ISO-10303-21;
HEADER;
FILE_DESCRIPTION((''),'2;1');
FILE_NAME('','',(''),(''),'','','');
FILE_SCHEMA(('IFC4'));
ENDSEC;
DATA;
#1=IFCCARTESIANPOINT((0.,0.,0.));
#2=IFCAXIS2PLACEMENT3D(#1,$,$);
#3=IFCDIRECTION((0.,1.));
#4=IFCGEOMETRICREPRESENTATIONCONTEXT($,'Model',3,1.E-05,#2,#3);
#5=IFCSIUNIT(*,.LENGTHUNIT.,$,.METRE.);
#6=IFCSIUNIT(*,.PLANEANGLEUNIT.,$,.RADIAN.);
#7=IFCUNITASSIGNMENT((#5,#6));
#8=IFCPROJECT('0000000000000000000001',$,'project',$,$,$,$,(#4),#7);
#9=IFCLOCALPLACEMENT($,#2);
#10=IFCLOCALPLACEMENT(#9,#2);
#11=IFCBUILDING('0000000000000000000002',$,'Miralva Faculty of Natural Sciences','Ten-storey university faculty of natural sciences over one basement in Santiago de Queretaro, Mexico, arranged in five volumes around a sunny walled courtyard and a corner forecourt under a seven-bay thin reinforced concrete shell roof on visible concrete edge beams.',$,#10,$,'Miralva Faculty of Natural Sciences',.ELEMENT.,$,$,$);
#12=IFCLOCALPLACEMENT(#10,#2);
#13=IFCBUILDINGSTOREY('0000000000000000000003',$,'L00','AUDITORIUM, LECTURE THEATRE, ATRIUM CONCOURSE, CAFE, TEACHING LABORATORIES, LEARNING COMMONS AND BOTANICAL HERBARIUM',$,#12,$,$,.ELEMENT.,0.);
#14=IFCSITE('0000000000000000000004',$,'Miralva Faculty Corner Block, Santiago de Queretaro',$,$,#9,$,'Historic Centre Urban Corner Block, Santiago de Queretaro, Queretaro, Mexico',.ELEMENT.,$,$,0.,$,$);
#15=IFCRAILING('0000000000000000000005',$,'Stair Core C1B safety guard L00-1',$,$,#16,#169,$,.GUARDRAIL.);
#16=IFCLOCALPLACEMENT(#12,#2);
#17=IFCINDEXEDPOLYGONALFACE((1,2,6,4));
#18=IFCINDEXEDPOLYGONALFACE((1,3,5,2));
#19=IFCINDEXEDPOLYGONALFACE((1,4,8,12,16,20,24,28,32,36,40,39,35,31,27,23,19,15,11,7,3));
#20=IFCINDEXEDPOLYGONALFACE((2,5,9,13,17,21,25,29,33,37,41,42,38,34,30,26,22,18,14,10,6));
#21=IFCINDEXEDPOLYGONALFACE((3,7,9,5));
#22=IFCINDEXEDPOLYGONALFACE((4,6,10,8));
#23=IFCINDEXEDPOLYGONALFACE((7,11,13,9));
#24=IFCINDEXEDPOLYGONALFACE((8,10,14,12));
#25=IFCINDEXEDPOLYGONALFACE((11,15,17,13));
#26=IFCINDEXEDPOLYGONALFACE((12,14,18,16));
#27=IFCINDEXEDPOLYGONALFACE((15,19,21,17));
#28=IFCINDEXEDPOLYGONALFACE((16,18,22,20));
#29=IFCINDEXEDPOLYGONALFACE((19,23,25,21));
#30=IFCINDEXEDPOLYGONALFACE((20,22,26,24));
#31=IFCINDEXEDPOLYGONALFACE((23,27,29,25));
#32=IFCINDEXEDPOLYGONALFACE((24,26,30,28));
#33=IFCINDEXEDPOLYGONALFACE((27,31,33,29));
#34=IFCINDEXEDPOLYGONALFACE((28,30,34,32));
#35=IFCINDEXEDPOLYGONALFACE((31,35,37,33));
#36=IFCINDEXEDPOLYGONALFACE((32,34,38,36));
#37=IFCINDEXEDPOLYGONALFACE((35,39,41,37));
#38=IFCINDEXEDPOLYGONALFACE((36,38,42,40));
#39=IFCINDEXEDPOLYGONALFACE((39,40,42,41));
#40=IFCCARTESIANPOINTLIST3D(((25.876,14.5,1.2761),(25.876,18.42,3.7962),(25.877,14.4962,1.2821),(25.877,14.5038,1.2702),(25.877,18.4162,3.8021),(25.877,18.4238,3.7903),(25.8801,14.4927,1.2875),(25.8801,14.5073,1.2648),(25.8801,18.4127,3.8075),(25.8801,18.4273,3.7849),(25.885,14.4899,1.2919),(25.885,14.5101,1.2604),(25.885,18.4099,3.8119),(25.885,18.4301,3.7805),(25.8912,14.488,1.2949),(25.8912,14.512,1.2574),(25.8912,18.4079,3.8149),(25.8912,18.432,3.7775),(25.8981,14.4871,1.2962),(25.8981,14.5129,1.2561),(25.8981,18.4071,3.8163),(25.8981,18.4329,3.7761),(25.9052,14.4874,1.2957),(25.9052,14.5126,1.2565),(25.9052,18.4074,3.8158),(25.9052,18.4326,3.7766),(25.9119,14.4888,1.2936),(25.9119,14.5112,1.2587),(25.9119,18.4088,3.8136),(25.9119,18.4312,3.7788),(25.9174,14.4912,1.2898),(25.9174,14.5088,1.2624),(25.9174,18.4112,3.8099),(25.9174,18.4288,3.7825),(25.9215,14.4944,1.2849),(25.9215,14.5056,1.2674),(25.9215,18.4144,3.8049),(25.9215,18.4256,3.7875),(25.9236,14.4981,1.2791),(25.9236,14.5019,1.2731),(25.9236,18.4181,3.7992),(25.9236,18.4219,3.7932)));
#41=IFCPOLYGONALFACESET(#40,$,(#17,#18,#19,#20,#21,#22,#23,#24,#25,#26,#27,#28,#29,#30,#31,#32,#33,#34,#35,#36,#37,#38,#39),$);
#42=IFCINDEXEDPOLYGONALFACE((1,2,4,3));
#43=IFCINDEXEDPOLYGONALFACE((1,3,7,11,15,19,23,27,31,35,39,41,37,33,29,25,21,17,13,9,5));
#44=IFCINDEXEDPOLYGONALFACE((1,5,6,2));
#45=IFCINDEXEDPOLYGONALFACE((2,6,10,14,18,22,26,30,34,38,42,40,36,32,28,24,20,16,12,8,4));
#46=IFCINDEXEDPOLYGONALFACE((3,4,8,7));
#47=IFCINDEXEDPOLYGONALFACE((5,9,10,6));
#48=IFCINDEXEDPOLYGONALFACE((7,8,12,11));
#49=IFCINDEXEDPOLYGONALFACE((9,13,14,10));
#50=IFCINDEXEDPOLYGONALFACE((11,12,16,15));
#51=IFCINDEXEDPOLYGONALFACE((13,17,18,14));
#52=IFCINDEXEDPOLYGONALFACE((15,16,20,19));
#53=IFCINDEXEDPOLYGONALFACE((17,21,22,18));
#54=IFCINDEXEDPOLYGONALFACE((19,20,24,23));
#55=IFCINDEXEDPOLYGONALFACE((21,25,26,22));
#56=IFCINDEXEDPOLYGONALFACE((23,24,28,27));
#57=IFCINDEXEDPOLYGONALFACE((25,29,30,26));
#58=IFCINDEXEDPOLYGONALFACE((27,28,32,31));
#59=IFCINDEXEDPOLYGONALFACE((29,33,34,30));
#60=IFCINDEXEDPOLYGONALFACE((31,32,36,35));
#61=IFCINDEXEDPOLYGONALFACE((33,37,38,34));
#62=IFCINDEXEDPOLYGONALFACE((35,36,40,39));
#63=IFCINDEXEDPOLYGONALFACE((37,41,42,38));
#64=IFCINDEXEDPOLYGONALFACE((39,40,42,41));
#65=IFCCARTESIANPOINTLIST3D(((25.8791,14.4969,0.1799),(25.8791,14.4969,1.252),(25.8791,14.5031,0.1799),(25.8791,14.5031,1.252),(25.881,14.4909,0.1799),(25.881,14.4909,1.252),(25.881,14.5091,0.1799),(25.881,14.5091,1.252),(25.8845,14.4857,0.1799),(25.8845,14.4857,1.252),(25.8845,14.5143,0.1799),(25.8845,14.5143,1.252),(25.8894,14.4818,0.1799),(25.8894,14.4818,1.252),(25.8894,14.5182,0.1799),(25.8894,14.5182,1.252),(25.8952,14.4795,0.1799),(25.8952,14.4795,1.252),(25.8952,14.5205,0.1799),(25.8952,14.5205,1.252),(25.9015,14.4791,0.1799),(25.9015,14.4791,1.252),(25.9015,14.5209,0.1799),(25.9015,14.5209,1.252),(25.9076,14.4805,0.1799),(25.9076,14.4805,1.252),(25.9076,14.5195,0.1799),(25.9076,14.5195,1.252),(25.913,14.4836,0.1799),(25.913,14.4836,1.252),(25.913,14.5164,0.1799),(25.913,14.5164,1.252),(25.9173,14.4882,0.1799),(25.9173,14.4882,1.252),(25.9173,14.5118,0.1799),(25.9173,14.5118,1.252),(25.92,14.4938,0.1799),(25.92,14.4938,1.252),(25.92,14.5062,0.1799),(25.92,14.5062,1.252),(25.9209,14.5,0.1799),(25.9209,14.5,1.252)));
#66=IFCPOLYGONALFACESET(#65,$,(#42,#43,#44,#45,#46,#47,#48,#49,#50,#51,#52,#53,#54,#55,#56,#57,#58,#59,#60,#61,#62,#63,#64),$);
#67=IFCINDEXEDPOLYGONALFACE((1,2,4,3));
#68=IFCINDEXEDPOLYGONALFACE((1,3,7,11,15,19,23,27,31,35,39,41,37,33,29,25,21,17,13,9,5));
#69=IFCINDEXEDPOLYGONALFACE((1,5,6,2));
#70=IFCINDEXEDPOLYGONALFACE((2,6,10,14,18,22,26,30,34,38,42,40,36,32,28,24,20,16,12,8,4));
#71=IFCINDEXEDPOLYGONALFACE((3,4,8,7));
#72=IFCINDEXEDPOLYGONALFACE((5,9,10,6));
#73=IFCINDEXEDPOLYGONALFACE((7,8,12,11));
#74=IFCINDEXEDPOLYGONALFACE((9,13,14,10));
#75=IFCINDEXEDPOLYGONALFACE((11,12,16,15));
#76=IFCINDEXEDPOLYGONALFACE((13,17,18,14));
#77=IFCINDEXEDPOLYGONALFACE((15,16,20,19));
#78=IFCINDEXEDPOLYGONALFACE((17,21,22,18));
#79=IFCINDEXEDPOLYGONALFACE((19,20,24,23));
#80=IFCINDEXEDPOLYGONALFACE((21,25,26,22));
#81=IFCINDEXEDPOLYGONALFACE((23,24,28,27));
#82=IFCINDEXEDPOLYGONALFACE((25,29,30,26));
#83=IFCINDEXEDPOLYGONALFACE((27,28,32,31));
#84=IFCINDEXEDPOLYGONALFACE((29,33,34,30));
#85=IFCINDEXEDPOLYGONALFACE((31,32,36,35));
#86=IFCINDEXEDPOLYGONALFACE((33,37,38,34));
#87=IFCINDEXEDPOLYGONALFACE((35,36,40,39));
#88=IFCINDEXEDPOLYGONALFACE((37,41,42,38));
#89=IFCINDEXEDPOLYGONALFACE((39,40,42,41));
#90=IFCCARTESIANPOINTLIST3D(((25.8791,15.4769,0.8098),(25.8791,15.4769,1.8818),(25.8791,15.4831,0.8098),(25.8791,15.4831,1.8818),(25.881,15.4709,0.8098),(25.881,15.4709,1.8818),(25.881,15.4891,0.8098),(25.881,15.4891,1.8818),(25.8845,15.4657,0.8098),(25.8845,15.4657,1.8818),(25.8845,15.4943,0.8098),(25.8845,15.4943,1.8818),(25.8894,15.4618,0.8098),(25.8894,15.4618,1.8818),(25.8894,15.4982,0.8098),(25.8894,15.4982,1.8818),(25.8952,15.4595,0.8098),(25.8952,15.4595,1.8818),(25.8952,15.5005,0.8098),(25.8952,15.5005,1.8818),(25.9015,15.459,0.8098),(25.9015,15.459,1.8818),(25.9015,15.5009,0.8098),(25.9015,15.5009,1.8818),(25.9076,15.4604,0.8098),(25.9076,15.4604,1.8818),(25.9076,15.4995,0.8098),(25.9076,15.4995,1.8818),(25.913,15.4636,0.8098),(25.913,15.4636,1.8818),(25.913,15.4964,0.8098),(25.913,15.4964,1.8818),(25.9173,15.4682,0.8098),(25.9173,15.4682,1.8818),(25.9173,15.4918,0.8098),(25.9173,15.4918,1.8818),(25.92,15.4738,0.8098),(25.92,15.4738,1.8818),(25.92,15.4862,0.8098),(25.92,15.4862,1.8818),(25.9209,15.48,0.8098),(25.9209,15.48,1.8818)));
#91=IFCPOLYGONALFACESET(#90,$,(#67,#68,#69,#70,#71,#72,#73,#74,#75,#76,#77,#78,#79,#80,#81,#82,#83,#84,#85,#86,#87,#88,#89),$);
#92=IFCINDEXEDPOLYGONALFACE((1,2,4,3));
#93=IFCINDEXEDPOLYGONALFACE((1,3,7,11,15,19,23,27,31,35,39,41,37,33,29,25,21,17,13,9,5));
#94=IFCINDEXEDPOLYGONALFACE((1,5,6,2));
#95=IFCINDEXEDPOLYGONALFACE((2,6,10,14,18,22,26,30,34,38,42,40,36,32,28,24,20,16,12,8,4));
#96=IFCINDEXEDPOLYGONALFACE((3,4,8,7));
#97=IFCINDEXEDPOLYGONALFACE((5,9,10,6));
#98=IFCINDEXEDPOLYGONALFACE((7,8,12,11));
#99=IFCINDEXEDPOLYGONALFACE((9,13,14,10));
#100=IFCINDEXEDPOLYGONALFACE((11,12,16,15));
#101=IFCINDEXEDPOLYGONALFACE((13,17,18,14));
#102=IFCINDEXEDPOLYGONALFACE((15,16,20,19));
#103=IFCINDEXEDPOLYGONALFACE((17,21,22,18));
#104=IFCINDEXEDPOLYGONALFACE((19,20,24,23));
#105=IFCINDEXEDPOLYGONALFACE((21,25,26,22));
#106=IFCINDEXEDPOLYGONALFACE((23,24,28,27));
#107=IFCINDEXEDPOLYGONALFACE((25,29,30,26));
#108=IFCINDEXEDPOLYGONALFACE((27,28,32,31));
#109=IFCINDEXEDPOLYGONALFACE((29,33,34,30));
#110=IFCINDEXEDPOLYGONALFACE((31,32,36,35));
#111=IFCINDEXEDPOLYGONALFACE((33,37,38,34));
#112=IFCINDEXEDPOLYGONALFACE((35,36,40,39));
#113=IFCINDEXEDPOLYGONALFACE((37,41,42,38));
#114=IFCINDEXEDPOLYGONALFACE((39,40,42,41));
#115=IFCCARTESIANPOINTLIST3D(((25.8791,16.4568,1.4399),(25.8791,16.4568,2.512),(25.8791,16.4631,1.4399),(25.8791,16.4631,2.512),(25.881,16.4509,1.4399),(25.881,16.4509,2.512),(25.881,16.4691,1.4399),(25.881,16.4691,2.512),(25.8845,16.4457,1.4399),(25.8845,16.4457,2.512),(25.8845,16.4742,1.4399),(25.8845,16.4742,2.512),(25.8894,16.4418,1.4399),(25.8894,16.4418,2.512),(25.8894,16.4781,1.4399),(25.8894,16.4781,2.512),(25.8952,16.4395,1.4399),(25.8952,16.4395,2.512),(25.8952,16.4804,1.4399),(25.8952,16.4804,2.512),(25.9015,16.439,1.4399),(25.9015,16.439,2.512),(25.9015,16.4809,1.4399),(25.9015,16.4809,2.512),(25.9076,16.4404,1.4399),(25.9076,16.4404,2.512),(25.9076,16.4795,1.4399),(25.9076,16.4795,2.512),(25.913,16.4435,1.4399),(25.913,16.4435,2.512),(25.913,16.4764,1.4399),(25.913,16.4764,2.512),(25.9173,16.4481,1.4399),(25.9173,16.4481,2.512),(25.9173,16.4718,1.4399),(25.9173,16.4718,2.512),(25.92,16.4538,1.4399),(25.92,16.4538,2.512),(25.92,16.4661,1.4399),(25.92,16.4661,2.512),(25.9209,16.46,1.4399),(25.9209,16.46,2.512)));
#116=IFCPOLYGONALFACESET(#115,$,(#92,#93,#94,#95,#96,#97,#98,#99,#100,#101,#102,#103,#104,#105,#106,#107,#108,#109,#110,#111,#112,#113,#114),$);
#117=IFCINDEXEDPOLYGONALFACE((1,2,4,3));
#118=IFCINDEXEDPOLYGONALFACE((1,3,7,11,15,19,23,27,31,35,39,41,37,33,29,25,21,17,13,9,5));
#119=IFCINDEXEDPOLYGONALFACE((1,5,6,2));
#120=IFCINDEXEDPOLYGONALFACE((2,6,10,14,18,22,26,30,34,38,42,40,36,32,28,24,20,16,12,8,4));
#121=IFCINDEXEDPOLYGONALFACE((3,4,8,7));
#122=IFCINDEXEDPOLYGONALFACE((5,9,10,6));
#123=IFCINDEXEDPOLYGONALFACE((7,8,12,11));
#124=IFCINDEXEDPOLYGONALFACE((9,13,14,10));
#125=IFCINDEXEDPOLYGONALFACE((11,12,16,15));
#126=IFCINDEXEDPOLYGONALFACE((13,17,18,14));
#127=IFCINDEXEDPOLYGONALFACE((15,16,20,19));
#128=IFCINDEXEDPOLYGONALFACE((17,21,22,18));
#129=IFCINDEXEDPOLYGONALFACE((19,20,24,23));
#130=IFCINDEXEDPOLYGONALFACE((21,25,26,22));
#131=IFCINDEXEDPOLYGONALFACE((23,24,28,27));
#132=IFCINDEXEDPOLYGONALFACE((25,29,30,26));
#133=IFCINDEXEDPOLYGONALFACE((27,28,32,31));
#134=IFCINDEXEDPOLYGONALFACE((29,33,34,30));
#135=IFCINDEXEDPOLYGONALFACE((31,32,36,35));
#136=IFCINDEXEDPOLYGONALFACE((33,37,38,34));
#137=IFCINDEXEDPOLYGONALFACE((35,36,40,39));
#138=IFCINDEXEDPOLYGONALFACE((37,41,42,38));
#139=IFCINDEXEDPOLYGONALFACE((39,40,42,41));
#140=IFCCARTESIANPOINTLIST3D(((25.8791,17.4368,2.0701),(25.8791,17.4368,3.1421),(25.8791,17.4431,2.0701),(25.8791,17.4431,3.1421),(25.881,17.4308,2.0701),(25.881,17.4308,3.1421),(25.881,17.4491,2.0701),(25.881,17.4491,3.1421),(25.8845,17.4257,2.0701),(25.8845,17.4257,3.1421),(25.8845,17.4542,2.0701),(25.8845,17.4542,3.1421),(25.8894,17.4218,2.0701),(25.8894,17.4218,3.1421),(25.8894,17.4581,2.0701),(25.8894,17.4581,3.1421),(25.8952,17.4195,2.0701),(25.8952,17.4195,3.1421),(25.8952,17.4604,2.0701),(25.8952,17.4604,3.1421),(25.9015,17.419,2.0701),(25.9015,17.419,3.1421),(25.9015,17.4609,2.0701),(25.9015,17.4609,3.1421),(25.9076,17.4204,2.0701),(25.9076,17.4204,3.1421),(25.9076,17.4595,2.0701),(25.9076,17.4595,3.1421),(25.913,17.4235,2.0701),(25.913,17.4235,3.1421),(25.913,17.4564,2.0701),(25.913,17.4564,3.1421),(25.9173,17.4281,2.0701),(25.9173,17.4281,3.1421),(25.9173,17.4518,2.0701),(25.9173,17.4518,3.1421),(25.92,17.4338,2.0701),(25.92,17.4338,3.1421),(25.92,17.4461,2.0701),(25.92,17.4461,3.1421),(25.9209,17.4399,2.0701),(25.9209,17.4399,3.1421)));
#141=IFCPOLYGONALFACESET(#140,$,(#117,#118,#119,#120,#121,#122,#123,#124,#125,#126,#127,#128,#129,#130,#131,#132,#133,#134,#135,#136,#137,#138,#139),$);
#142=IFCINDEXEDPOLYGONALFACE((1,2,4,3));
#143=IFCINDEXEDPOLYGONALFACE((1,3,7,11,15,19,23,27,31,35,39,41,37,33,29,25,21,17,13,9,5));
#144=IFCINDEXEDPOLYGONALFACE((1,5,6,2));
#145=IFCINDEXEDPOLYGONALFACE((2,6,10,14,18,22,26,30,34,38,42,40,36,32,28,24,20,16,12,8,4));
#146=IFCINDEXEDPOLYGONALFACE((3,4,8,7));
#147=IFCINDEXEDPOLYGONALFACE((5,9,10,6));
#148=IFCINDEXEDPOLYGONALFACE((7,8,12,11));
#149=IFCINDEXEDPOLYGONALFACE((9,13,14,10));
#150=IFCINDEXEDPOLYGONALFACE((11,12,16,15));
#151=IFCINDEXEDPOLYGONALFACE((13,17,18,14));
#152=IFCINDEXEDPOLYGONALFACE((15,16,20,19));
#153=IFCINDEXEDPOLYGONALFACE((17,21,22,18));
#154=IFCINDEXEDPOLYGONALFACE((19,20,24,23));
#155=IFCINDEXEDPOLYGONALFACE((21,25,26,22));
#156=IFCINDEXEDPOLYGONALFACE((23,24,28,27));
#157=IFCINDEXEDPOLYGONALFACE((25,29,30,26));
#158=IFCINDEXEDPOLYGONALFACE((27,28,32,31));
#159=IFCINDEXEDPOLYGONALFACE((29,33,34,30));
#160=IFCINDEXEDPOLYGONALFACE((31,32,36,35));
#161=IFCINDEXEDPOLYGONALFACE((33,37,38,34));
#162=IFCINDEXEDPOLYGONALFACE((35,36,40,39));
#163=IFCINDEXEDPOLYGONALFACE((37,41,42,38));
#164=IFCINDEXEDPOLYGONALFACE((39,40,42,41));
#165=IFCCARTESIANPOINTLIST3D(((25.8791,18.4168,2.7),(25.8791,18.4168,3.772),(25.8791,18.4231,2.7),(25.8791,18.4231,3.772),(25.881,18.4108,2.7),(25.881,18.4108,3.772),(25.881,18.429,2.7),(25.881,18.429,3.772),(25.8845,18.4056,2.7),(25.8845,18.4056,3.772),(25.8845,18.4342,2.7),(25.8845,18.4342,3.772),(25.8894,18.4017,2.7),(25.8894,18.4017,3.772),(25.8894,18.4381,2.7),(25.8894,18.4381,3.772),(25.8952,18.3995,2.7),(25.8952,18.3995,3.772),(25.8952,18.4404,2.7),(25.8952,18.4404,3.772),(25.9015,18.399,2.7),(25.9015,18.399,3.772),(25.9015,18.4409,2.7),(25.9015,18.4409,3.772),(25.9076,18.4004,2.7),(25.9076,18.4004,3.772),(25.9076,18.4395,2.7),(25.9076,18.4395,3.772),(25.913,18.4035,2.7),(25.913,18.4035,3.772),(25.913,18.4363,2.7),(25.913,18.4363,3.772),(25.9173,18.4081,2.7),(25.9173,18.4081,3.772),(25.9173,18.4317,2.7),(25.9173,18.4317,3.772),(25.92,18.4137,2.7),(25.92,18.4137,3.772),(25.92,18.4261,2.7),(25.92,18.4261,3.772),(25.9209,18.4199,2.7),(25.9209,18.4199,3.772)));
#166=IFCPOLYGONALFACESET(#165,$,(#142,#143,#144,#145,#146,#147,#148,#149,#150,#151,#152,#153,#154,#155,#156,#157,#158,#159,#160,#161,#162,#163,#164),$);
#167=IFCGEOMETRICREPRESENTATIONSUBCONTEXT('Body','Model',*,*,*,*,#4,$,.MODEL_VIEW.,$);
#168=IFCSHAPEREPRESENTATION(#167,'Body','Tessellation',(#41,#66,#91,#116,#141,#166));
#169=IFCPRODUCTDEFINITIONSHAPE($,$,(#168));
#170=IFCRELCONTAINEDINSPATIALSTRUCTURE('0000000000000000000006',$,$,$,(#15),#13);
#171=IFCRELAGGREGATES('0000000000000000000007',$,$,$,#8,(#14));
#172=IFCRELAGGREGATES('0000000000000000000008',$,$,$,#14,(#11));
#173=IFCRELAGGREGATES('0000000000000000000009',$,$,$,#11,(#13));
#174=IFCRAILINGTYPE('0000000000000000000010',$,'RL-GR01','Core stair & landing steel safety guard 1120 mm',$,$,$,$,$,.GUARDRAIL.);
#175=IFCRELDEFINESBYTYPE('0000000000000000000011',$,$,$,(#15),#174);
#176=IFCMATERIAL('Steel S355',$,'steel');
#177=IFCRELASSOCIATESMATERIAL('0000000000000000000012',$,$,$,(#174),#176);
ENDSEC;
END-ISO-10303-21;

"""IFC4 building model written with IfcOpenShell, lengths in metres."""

from ifc_helpers import new_model, si_unit, direction, frame, origin, origin_2d, place, context, subcontext, project, spatial, circle, extrude, material, type_object, element, save


model = new_model("IFC4")

# Units and contexts
model_context = context("Model", 3, precision=1e-05, world=origin(), true_north=direction((0.0, 1.0)))
body_context = subcontext(model_context, "Body", "Model", "MODEL_VIEW")
ifc_project = project(units=[si_unit("LENGTHUNIT", "METRE"), si_unit("PLANEANGLEUNIT", "RADIAN")], contexts=[model_context])

# Site, building, storey
site_placement = place(None, origin())
site = spatial("IfcSite", under=ifc_project, at=site_placement, Name="Miralva Faculty Corner Block, Santiago de Queretaro", LongName="Historic Centre Urban Corner Block, Santiago de Queretaro, Queretaro, Mexico", CompositionType="ELEMENT", RefElevation=0.0)
building_placement = place(site_placement, origin())
building = spatial("IfcBuilding", under=site, at=building_placement, Name="Miralva Faculty of Natural Sciences", Description="Ten-storey university faculty of natural sciences over one basement in Santiago de Queretaro, Mexico, arranged in five volumes around a sunny walled courtyard and a corner forecourt under a seven-bay thin reinforced concrete shell roof on visible concrete edge beams.", LongName="Miralva Faculty of Natural Sciences", CompositionType="ELEMENT")
storey_placement = place(building_placement, origin())
storey = spatial("IfcBuildingStorey", under=building, at=storey_placement, Name="L00", Description="AUDITORIUM, LECTURE THEATRE, ATRIUM CONCOURSE, CAFE, TEACHING LABORATORIES, LEARNING COMMONS AND BOTANICAL HERBARIUM", CompositionType="ELEMENT", Elevation=0.0)

# Railing
ifc_material_1 = material(Name="Steel S355", Category="steel")
railing_type_1 = type_object("IfcRailingType", Name="RL-GR01", Description="Core stair & landing steel safety guard 1120 mm", PredefinedType="GUARDRAIL", material=ifc_material_1)
railing_1_placement = place(storey_placement, frame((25.8999, 14.5, 0.1799)))
element("IfcRailing", 1, at=railing_1_placement, inside=storey, type_object=railing_type_1, Name="Stair Core C1B safety guard L00-1", PredefinedType="GUARDRAIL", context=body_context, shape_type="SweptSolid", body=[
    extrude(circle(Radius=0.0239, at=origin_2d()), frame((0.0, 0.0, 1.0962), z_axis=(0.0, 0.841172, 0.540768), x_axis=(-1.0, 0.0, 0.0)), (0.0, 0.0, 1.0), 4.6602),
    extrude(circle(Radius=0.021, at=origin_2d()), origin(), (0.0, 0.0, 1.0), 1.072),
    extrude(circle(Radius=0.021, at=origin_2d()), frame((0.0, 0.98, 0.6299)), (0.0, 0.0, 1.0), 1.072),
    extrude(circle(Radius=0.021, at=origin_2d()), frame((0.0, 1.96, 1.26)), (0.0, 0.0, 1.0), 1.072),
    extrude(circle(Radius=0.021, at=origin_2d()), frame((0.0, 2.9399, 1.8901)), (0.0, 0.0, 1.0), 1.072),
    extrude(circle(Radius=0.021, at=origin_2d()), frame((0.0, 3.9199, 2.52)), (0.0, 0.0, 1.0), 1.072),
])

save(model, "model.ifc")
